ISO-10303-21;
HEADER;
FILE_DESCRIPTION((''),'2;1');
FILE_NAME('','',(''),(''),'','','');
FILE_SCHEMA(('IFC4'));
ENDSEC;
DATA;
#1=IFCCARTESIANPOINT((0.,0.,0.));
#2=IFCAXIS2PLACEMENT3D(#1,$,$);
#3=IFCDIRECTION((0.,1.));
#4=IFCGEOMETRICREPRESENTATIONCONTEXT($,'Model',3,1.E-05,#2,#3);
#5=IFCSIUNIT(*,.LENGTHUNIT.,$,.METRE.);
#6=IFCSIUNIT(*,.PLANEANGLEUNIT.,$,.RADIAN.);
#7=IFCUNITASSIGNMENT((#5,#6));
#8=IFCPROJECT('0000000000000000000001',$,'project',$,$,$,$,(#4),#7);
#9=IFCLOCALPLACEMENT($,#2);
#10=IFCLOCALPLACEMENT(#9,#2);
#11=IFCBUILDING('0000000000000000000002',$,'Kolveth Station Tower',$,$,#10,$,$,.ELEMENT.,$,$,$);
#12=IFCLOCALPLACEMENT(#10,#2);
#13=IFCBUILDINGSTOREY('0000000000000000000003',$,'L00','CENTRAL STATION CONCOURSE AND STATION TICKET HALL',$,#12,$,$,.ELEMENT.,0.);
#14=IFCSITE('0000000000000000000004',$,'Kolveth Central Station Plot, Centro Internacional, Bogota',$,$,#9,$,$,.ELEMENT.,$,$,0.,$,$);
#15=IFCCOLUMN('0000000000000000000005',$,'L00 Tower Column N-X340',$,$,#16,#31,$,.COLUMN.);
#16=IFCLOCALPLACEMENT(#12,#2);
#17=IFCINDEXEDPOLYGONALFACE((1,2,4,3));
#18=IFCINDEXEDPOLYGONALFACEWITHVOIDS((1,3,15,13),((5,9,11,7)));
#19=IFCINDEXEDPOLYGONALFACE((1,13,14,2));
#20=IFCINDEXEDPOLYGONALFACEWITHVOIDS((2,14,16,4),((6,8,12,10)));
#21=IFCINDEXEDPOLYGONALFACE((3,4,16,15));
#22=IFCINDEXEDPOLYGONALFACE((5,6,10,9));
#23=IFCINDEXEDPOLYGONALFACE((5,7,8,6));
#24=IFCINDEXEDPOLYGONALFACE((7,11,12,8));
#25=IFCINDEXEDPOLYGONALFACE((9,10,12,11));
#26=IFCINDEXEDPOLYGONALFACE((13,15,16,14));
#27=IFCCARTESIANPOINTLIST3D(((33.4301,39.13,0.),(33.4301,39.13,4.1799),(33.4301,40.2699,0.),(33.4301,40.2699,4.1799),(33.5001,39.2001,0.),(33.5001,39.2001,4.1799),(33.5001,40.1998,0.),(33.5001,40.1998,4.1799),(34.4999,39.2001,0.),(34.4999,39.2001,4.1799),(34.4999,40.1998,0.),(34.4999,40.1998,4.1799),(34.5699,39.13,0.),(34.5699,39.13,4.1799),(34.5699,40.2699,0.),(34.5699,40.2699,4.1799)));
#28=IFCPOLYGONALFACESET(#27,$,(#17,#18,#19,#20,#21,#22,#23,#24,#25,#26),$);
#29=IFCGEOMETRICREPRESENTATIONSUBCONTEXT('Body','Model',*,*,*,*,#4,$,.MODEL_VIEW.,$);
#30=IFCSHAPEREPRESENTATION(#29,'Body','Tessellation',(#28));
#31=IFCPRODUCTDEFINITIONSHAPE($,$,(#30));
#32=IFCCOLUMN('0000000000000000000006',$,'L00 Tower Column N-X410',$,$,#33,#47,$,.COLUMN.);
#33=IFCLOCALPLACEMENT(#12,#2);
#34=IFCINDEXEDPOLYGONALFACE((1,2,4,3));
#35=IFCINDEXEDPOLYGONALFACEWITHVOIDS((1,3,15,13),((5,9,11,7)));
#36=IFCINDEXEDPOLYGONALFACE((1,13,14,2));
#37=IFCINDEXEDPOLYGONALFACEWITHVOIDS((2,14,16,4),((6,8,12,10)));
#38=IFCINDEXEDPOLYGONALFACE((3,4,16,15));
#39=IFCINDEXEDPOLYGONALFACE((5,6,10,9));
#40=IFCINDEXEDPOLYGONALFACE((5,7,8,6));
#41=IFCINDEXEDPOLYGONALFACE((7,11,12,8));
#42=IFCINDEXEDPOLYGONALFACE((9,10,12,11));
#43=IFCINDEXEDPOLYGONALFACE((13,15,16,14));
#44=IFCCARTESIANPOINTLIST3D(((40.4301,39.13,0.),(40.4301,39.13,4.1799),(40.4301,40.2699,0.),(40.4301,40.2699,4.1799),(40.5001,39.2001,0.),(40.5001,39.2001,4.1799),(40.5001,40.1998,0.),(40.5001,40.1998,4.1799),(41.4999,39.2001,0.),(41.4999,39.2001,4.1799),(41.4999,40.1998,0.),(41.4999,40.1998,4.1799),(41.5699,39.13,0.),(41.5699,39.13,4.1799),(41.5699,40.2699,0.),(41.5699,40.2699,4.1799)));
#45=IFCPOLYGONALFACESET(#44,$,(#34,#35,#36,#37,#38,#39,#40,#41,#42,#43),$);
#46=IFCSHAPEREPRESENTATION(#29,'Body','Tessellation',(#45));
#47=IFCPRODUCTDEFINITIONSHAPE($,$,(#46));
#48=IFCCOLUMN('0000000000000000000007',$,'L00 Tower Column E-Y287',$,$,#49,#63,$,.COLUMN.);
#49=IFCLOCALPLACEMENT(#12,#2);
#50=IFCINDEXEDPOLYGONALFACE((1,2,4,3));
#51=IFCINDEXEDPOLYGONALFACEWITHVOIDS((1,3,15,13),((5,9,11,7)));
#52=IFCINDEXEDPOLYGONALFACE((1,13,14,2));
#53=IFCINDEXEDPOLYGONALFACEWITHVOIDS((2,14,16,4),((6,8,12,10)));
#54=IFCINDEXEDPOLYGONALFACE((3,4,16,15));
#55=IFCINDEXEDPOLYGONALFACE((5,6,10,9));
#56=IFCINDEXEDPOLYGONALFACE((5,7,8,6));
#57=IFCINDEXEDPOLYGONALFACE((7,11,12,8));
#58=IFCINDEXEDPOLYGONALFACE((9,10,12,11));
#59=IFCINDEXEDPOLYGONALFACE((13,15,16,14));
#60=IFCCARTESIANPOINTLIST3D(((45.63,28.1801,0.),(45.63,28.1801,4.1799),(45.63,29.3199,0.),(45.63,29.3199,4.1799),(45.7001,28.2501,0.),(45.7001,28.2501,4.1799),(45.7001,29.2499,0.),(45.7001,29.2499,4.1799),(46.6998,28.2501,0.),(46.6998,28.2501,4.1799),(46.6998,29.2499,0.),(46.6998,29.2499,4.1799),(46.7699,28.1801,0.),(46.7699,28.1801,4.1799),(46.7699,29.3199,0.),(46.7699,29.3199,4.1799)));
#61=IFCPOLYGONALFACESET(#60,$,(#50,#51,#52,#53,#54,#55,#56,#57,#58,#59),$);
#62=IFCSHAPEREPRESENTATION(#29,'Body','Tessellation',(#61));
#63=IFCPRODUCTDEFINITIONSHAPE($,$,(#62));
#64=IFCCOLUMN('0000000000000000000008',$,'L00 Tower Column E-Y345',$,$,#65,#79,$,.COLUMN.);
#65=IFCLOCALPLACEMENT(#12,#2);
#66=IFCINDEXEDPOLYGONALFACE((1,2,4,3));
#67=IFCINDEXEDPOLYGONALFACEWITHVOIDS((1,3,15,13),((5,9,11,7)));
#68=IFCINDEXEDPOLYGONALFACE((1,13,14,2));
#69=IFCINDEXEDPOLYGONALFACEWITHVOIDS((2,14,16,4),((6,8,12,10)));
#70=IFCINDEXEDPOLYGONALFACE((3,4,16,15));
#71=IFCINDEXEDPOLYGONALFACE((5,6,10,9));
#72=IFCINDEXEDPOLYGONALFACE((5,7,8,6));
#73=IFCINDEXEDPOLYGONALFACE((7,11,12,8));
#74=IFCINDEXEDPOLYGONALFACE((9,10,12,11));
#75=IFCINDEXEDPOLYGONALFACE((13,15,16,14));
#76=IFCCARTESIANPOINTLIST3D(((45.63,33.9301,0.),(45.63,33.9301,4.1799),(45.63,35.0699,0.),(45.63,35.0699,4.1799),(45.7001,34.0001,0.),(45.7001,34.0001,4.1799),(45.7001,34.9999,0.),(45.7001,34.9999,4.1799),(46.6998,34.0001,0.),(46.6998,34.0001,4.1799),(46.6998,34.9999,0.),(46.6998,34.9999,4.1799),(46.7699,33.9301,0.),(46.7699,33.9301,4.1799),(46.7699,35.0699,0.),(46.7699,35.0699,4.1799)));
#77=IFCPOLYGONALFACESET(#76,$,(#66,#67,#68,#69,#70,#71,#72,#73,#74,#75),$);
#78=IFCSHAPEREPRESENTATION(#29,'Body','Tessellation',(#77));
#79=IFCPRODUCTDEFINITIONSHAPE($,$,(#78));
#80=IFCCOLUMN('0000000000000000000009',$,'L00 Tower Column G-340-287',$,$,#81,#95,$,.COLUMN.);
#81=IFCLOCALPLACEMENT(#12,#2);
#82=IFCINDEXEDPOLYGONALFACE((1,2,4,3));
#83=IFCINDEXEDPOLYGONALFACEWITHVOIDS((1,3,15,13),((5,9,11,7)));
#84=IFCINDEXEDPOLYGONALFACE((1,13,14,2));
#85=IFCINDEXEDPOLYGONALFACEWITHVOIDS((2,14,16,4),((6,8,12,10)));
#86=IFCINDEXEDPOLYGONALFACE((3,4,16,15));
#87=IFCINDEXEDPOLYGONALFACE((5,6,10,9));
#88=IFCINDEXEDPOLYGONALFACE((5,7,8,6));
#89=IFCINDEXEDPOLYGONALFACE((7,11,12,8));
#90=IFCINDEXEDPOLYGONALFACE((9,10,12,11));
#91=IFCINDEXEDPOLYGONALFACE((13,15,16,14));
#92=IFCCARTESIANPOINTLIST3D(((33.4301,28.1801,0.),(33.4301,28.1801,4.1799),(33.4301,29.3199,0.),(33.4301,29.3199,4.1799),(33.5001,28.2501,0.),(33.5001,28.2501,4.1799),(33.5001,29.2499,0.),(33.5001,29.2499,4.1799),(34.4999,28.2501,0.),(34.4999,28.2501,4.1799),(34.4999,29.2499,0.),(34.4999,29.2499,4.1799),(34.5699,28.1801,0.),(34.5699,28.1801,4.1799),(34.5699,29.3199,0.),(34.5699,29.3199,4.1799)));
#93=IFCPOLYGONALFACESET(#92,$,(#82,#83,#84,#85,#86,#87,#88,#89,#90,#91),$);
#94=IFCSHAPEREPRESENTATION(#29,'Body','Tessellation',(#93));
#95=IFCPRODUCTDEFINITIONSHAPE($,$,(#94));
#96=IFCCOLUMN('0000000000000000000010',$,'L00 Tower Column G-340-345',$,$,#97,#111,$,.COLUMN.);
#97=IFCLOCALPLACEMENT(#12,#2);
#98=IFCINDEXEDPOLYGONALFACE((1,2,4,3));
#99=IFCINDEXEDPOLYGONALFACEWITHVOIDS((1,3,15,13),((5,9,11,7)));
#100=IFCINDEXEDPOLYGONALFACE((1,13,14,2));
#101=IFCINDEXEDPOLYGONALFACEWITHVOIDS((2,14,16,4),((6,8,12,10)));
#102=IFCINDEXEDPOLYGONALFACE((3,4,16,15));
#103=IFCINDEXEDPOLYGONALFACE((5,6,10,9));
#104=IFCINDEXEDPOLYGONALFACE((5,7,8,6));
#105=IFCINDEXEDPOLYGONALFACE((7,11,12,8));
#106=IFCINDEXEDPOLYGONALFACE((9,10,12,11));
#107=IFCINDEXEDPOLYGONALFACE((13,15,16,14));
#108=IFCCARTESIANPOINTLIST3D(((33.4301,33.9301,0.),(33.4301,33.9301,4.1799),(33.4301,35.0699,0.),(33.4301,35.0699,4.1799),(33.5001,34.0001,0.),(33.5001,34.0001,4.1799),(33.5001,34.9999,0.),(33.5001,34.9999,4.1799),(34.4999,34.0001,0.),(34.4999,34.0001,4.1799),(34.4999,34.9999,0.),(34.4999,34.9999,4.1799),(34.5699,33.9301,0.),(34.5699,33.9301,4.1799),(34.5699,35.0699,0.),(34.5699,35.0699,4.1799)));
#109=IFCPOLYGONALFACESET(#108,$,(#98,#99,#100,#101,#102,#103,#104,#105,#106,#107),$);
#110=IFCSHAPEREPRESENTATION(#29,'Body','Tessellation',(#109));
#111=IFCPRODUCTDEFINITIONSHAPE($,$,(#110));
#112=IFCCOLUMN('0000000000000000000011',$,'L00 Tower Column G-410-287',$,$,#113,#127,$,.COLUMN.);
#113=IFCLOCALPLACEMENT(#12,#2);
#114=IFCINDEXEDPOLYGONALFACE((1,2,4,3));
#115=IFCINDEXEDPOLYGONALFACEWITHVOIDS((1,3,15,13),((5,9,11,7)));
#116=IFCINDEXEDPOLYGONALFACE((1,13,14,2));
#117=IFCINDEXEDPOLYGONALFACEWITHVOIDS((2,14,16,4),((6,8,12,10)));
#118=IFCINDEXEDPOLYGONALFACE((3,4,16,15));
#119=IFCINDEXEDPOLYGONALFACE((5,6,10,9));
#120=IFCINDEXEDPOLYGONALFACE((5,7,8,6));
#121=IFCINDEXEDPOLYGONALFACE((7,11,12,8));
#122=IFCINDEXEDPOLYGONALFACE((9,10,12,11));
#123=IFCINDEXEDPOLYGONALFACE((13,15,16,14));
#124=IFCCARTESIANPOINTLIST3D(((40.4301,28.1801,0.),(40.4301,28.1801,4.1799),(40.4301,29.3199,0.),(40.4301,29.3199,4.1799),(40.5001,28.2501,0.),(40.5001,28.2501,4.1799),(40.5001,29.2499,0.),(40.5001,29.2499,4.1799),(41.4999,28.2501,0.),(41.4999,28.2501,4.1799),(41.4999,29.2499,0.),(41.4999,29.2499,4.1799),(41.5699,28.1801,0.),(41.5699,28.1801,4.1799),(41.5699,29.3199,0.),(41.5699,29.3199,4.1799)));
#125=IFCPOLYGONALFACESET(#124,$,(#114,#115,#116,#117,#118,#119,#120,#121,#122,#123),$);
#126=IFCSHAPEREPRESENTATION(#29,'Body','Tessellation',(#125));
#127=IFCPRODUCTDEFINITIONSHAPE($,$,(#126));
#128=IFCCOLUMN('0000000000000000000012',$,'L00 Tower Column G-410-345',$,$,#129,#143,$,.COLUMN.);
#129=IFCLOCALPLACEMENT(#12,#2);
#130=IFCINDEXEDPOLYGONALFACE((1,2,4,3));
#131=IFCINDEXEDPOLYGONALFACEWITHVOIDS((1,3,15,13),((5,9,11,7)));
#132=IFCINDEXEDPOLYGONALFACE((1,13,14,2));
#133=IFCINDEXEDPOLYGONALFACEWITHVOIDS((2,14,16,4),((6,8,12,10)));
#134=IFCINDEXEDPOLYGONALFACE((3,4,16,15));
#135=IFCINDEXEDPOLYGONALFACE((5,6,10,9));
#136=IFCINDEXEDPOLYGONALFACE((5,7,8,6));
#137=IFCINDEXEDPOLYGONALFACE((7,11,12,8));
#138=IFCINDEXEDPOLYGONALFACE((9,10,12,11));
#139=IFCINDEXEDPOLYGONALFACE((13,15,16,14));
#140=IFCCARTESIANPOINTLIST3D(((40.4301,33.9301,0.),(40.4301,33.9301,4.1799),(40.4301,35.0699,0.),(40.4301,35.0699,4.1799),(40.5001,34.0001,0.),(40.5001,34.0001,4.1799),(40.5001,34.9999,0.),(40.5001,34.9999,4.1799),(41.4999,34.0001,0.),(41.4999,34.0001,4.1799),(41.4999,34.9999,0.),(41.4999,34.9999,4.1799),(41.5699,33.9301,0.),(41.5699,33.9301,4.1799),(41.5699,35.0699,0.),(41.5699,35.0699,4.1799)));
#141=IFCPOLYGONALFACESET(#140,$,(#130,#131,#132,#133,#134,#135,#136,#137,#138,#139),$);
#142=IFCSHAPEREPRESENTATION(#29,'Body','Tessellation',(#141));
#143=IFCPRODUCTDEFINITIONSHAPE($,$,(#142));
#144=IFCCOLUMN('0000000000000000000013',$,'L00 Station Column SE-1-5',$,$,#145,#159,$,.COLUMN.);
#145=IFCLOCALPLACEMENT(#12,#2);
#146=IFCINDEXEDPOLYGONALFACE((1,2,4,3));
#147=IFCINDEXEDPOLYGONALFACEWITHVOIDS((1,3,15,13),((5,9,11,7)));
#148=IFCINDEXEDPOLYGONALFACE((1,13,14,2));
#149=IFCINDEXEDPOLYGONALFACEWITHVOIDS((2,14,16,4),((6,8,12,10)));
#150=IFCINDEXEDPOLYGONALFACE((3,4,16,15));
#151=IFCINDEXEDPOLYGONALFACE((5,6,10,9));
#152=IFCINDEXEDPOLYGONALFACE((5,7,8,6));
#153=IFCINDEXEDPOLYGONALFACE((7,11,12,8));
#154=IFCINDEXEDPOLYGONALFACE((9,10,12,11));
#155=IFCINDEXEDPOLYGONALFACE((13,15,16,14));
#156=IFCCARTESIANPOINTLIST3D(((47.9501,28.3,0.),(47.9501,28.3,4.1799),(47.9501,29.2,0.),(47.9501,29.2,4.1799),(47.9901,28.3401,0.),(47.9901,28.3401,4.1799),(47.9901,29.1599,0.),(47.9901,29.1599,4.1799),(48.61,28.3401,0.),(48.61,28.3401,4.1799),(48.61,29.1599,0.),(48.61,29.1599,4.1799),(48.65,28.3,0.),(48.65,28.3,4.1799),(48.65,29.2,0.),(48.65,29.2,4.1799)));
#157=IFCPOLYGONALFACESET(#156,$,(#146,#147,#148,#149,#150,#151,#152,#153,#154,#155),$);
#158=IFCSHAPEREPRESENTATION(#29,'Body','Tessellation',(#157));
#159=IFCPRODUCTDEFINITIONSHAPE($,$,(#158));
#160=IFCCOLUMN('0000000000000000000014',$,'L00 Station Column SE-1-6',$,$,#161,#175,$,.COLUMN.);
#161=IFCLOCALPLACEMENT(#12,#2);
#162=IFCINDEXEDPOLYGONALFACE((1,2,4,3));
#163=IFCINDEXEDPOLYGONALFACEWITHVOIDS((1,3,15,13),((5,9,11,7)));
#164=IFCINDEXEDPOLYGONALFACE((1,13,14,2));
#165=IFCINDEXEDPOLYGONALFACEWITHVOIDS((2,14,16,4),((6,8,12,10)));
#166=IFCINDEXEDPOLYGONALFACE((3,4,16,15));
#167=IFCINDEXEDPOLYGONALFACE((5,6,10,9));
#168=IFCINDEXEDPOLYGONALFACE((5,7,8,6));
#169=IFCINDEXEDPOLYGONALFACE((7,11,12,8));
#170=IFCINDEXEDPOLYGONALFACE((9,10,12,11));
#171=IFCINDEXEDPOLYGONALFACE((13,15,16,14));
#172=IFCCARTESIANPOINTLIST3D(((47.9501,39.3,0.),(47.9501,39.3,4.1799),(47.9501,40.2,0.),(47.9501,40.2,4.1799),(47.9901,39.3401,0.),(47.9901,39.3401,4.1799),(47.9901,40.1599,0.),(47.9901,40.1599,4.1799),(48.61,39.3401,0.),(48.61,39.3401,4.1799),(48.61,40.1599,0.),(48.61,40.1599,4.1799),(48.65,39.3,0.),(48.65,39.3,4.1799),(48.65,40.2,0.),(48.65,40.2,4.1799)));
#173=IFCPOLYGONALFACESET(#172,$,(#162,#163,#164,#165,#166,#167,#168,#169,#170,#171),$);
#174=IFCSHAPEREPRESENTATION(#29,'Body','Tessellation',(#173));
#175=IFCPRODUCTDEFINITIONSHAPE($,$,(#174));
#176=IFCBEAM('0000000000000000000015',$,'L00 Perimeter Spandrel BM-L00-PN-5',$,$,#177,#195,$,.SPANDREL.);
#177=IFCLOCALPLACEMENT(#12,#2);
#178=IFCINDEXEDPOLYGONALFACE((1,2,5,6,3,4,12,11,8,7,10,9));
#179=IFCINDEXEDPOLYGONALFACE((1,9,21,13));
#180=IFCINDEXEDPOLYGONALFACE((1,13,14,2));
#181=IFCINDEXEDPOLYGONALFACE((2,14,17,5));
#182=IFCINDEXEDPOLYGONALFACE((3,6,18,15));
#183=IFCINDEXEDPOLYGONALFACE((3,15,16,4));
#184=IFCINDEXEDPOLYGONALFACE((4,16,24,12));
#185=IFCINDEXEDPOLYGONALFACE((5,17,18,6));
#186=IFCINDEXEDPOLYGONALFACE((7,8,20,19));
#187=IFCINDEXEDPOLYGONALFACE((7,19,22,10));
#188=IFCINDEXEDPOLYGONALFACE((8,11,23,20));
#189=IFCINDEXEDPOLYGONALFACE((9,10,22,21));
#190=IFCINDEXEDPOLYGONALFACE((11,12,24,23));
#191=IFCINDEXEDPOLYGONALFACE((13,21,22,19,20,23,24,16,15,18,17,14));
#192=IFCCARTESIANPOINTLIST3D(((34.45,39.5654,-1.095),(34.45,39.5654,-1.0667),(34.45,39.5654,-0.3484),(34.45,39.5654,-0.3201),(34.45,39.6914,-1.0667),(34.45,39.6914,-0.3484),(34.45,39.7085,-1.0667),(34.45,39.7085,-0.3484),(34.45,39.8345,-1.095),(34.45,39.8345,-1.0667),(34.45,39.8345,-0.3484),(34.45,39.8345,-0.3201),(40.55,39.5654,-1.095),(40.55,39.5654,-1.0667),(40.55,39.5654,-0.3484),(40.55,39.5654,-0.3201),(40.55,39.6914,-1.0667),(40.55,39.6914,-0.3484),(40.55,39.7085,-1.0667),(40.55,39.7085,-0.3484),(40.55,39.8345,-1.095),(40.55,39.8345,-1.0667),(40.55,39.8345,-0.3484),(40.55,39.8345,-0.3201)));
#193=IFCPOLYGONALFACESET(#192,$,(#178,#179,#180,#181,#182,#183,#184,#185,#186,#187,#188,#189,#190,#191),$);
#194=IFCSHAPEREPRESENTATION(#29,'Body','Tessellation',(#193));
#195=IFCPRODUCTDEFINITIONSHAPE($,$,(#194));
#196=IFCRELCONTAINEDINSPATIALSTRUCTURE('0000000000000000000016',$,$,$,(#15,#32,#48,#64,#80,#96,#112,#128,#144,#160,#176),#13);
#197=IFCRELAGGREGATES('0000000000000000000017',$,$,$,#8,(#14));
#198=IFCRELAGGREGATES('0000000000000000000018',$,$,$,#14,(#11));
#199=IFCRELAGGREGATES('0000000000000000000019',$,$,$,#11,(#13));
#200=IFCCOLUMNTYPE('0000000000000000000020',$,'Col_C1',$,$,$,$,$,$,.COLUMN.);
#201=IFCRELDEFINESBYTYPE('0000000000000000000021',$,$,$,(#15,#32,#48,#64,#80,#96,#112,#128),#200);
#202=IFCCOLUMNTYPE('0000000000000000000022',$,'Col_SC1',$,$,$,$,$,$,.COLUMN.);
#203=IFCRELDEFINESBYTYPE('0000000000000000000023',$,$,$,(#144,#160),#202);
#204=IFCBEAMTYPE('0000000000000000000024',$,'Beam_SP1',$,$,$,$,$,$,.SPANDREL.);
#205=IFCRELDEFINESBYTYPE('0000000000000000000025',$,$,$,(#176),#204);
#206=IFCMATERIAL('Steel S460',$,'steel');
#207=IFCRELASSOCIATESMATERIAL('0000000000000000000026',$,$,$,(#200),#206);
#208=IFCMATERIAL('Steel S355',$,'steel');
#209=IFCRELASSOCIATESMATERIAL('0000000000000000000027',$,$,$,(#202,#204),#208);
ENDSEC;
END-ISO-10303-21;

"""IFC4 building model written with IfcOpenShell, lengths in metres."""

from ifc_helpers import new_model, si_unit, direction, frame, origin, origin_2d, place, context, subcontext, project, spatial, hollow_rectangle, i_section, extrude, source, transform, mapped, material, material_profile, profile_set, type_object, element, save


model = new_model("IFC4")

# Units and contexts
model_context = context("Model", 3, precision=1e-05, world=origin(), true_north=direction((0.0, 1.0)))
body_context = subcontext(model_context, "Body", "Model", "MODEL_VIEW")
ifc_project = project(units=[si_unit("LENGTHUNIT", "METRE"), si_unit("PLANEANGLEUNIT", "RADIAN")], contexts=[model_context])

# Site, building, storey
site_placement = place(None, origin())
site = spatial("IfcSite", under=ifc_project, at=site_placement, Name="Kolveth Central Station Plot, Centro Internacional, Bogota", CompositionType="ELEMENT", RefElevation=0.0)
building_placement = place(site_placement, origin())
building = spatial("IfcBuilding", under=site, at=building_placement, Name="Kolveth Station Tower", CompositionType="ELEMENT")
storey_placement = place(building_placement, origin())
storey = spatial("IfcBuildingStorey", under=building, at=storey_placement, Name="L00", Description="CENTRAL STATION CONCOURSE AND STATION TICKET HALL", CompositionType="ELEMENT", Elevation=0.0)

# Columns
ifc_material_1 = material(Name="Steel S460", Category="steel")
ifc_material_profile_1 = material_profile(ifc_material_1, hollow_rectangle(XDim=1.1399, YDim=1.1399, WallThickness=0.0701, at=origin_2d()), Name="BOX1140x1140x70")
ifc_profile_set_1 = profile_set([ifc_material_profile_1], Name="Steel S460")
column_type_1 = type_object("IfcColumnType", Name="Col_C1", PredefinedType="COLUMN", material=ifc_profile_set_1)
shared_shape_1 = source(origin(), body_context, "Body", "SweptSolid", [
    extrude(hollow_rectangle(XDim=1.1399, YDim=1.1399, WallThickness=0.0701, at=origin_2d()), origin(), (0.0, 0.0, 1.0), 4.1799),
])
for number, where, z_axis, x_axis, name in (
    (1, (34.0, 39.7, 0.0), (0.0, 0.0, 1.0), (1.0, 0.0, 0.0), "L00 Tower Column N-X340"),
    (2, (41.0, 39.7, 0.0), (0.0, 0.0, 1.0), (1.0, 0.0, 0.0), "L00 Tower Column N-X410"),
    (3, (46.2, 28.75, 0.0), (0.0, 0.0, 1.0), (1.0, 0.0, 0.0), "L00 Tower Column E-Y287"),
    (4, (46.2, 34.5, 0.0), (0.0, 0.0, 1.0), (1.0, 0.0, 0.0), "L00 Tower Column E-Y345"),
    (5, (34.0, 28.75, 0.0), (0.0, 0.0, 1.0), (1.0, 0.0, 0.0), "L00 Tower Column G-340-287"),
    (6, (34.0, 34.5, 0.0), (0.0, 0.0, 1.0), (1.0, 0.0, 0.0), "L00 Tower Column G-340-345"),
    (7, (41.0, 28.75, 0.0), (0.0, 0.0, 1.0), (1.0, 0.0, 0.0), "L00 Tower Column G-410-287"),
    (8, (41.0, 34.5, 0.0), (0.0, 0.0, 1.0), (1.0, 0.0, 0.0), "L00 Tower Column G-410-345"),
):
    element("IfcColumn", number, at=place(storey_placement, frame(where, z_axis=z_axis, x_axis=x_axis)), inside=storey, type_object=column_type_1, Name=name, PredefinedType="COLUMN", context=body_context, shape_type="MappedRepresentation", body=[
        mapped(shared_shape_1, transform((0.0, 0.0, 0.0), x_axis=(1.0, 0.0, 0.0), y_axis=(0.0, 1.0, 0.0), z_axis=(0.0, 0.0, 1.0), scale=1.0)),
    ])
ifc_material_2 = material(Name="Steel S355", Category="steel")
ifc_material_profile_2 = material_profile(ifc_material_2, hollow_rectangle(XDim=0.7, YDim=0.8999, WallThickness=0.04, at=origin_2d()), Name="BOX900x700x40")
ifc_profile_set_2 = profile_set([ifc_material_profile_2], Name="Steel S355")
column_type_2 = type_object("IfcColumnType", Name="Col_SC1", PredefinedType="COLUMN", material=ifc_profile_set_2)
shared_shape_2 = source(origin(), body_context, "Body", "SweptSolid", [
    extrude(hollow_rectangle(XDim=0.7, YDim=0.8999, WallThickness=0.04, at=origin_2d()), origin(), (0.0, 0.0, 1.0), 4.1799),
])
for number, where, z_axis, x_axis, name in (
    (9, (48.3, 28.75, 0.0), (0.0, 0.0, 1.0), (1.0, 0.0, 0.0), "L00 Station Column SE-1-5"),
    (10, (48.3, 39.75, 0.0), (0.0, 0.0, 1.0), (1.0, 0.0, 0.0), "L00 Station Column SE-1-6"),
):
    element("IfcColumn", number, at=place(storey_placement, frame(where, z_axis=z_axis, x_axis=x_axis)), inside=storey, type_object=column_type_2, Name=name, PredefinedType="COLUMN", context=body_context, shape_type="MappedRepresentation", body=[
        mapped(shared_shape_2, transform((0.0, 0.0, 0.0), x_axis=(1.0, 0.0, 0.0), y_axis=(0.0, 1.0, 0.0), z_axis=(0.0, 0.0, 1.0), scale=1.0)),
    ])

# Beam
ifc_material_profile_3 = material_profile(ifc_material_2, i_section(OverallWidth=0.269, OverallDepth=0.7749, WebThickness=0.0171, FlangeThickness=0.0283, at=origin_2d()), Name="W760x220")
ifc_profile_set_3 = profile_set([ifc_material_profile_3], Name="Steel S355")
beam_type_1 = type_object("IfcBeamType", Name="Beam_SP1", PredefinedType="SPANDREL", material=ifc_profile_set_3)
shared_shape_3 = source(origin(), body_context, "Body", "SweptSolid", [
    extrude(i_section(OverallWidth=0.269, OverallDepth=0.7749, WebThickness=0.0171, FlangeThickness=0.0283, at=origin_2d()), origin(), (0.0, 0.0, 1.0), 6.1001),
])
beam_1_placement = place(storey_placement, frame((34.45, 39.7, -0.7075), z_axis=(1.0, 0.0, 0.0), x_axis=(0.0, 1.0, 0.0)))
element("IfcBeam", 11, at=beam_1_placement, inside=storey, type_object=beam_type_1, Name="L00 Perimeter Spandrel BM-L00-PN-5", PredefinedType="SPANDREL", context=body_context, shape_type="MappedRepresentation", body=[
    mapped(shared_shape_3, transform((0.0, 0.0, 0.0), x_axis=(1.0, 0.0, 0.0), y_axis=(0.0, 1.0, 0.0), z_axis=(0.0, 0.0, 1.0), scale=1.0)),
])

save(model, "model.ifc")
